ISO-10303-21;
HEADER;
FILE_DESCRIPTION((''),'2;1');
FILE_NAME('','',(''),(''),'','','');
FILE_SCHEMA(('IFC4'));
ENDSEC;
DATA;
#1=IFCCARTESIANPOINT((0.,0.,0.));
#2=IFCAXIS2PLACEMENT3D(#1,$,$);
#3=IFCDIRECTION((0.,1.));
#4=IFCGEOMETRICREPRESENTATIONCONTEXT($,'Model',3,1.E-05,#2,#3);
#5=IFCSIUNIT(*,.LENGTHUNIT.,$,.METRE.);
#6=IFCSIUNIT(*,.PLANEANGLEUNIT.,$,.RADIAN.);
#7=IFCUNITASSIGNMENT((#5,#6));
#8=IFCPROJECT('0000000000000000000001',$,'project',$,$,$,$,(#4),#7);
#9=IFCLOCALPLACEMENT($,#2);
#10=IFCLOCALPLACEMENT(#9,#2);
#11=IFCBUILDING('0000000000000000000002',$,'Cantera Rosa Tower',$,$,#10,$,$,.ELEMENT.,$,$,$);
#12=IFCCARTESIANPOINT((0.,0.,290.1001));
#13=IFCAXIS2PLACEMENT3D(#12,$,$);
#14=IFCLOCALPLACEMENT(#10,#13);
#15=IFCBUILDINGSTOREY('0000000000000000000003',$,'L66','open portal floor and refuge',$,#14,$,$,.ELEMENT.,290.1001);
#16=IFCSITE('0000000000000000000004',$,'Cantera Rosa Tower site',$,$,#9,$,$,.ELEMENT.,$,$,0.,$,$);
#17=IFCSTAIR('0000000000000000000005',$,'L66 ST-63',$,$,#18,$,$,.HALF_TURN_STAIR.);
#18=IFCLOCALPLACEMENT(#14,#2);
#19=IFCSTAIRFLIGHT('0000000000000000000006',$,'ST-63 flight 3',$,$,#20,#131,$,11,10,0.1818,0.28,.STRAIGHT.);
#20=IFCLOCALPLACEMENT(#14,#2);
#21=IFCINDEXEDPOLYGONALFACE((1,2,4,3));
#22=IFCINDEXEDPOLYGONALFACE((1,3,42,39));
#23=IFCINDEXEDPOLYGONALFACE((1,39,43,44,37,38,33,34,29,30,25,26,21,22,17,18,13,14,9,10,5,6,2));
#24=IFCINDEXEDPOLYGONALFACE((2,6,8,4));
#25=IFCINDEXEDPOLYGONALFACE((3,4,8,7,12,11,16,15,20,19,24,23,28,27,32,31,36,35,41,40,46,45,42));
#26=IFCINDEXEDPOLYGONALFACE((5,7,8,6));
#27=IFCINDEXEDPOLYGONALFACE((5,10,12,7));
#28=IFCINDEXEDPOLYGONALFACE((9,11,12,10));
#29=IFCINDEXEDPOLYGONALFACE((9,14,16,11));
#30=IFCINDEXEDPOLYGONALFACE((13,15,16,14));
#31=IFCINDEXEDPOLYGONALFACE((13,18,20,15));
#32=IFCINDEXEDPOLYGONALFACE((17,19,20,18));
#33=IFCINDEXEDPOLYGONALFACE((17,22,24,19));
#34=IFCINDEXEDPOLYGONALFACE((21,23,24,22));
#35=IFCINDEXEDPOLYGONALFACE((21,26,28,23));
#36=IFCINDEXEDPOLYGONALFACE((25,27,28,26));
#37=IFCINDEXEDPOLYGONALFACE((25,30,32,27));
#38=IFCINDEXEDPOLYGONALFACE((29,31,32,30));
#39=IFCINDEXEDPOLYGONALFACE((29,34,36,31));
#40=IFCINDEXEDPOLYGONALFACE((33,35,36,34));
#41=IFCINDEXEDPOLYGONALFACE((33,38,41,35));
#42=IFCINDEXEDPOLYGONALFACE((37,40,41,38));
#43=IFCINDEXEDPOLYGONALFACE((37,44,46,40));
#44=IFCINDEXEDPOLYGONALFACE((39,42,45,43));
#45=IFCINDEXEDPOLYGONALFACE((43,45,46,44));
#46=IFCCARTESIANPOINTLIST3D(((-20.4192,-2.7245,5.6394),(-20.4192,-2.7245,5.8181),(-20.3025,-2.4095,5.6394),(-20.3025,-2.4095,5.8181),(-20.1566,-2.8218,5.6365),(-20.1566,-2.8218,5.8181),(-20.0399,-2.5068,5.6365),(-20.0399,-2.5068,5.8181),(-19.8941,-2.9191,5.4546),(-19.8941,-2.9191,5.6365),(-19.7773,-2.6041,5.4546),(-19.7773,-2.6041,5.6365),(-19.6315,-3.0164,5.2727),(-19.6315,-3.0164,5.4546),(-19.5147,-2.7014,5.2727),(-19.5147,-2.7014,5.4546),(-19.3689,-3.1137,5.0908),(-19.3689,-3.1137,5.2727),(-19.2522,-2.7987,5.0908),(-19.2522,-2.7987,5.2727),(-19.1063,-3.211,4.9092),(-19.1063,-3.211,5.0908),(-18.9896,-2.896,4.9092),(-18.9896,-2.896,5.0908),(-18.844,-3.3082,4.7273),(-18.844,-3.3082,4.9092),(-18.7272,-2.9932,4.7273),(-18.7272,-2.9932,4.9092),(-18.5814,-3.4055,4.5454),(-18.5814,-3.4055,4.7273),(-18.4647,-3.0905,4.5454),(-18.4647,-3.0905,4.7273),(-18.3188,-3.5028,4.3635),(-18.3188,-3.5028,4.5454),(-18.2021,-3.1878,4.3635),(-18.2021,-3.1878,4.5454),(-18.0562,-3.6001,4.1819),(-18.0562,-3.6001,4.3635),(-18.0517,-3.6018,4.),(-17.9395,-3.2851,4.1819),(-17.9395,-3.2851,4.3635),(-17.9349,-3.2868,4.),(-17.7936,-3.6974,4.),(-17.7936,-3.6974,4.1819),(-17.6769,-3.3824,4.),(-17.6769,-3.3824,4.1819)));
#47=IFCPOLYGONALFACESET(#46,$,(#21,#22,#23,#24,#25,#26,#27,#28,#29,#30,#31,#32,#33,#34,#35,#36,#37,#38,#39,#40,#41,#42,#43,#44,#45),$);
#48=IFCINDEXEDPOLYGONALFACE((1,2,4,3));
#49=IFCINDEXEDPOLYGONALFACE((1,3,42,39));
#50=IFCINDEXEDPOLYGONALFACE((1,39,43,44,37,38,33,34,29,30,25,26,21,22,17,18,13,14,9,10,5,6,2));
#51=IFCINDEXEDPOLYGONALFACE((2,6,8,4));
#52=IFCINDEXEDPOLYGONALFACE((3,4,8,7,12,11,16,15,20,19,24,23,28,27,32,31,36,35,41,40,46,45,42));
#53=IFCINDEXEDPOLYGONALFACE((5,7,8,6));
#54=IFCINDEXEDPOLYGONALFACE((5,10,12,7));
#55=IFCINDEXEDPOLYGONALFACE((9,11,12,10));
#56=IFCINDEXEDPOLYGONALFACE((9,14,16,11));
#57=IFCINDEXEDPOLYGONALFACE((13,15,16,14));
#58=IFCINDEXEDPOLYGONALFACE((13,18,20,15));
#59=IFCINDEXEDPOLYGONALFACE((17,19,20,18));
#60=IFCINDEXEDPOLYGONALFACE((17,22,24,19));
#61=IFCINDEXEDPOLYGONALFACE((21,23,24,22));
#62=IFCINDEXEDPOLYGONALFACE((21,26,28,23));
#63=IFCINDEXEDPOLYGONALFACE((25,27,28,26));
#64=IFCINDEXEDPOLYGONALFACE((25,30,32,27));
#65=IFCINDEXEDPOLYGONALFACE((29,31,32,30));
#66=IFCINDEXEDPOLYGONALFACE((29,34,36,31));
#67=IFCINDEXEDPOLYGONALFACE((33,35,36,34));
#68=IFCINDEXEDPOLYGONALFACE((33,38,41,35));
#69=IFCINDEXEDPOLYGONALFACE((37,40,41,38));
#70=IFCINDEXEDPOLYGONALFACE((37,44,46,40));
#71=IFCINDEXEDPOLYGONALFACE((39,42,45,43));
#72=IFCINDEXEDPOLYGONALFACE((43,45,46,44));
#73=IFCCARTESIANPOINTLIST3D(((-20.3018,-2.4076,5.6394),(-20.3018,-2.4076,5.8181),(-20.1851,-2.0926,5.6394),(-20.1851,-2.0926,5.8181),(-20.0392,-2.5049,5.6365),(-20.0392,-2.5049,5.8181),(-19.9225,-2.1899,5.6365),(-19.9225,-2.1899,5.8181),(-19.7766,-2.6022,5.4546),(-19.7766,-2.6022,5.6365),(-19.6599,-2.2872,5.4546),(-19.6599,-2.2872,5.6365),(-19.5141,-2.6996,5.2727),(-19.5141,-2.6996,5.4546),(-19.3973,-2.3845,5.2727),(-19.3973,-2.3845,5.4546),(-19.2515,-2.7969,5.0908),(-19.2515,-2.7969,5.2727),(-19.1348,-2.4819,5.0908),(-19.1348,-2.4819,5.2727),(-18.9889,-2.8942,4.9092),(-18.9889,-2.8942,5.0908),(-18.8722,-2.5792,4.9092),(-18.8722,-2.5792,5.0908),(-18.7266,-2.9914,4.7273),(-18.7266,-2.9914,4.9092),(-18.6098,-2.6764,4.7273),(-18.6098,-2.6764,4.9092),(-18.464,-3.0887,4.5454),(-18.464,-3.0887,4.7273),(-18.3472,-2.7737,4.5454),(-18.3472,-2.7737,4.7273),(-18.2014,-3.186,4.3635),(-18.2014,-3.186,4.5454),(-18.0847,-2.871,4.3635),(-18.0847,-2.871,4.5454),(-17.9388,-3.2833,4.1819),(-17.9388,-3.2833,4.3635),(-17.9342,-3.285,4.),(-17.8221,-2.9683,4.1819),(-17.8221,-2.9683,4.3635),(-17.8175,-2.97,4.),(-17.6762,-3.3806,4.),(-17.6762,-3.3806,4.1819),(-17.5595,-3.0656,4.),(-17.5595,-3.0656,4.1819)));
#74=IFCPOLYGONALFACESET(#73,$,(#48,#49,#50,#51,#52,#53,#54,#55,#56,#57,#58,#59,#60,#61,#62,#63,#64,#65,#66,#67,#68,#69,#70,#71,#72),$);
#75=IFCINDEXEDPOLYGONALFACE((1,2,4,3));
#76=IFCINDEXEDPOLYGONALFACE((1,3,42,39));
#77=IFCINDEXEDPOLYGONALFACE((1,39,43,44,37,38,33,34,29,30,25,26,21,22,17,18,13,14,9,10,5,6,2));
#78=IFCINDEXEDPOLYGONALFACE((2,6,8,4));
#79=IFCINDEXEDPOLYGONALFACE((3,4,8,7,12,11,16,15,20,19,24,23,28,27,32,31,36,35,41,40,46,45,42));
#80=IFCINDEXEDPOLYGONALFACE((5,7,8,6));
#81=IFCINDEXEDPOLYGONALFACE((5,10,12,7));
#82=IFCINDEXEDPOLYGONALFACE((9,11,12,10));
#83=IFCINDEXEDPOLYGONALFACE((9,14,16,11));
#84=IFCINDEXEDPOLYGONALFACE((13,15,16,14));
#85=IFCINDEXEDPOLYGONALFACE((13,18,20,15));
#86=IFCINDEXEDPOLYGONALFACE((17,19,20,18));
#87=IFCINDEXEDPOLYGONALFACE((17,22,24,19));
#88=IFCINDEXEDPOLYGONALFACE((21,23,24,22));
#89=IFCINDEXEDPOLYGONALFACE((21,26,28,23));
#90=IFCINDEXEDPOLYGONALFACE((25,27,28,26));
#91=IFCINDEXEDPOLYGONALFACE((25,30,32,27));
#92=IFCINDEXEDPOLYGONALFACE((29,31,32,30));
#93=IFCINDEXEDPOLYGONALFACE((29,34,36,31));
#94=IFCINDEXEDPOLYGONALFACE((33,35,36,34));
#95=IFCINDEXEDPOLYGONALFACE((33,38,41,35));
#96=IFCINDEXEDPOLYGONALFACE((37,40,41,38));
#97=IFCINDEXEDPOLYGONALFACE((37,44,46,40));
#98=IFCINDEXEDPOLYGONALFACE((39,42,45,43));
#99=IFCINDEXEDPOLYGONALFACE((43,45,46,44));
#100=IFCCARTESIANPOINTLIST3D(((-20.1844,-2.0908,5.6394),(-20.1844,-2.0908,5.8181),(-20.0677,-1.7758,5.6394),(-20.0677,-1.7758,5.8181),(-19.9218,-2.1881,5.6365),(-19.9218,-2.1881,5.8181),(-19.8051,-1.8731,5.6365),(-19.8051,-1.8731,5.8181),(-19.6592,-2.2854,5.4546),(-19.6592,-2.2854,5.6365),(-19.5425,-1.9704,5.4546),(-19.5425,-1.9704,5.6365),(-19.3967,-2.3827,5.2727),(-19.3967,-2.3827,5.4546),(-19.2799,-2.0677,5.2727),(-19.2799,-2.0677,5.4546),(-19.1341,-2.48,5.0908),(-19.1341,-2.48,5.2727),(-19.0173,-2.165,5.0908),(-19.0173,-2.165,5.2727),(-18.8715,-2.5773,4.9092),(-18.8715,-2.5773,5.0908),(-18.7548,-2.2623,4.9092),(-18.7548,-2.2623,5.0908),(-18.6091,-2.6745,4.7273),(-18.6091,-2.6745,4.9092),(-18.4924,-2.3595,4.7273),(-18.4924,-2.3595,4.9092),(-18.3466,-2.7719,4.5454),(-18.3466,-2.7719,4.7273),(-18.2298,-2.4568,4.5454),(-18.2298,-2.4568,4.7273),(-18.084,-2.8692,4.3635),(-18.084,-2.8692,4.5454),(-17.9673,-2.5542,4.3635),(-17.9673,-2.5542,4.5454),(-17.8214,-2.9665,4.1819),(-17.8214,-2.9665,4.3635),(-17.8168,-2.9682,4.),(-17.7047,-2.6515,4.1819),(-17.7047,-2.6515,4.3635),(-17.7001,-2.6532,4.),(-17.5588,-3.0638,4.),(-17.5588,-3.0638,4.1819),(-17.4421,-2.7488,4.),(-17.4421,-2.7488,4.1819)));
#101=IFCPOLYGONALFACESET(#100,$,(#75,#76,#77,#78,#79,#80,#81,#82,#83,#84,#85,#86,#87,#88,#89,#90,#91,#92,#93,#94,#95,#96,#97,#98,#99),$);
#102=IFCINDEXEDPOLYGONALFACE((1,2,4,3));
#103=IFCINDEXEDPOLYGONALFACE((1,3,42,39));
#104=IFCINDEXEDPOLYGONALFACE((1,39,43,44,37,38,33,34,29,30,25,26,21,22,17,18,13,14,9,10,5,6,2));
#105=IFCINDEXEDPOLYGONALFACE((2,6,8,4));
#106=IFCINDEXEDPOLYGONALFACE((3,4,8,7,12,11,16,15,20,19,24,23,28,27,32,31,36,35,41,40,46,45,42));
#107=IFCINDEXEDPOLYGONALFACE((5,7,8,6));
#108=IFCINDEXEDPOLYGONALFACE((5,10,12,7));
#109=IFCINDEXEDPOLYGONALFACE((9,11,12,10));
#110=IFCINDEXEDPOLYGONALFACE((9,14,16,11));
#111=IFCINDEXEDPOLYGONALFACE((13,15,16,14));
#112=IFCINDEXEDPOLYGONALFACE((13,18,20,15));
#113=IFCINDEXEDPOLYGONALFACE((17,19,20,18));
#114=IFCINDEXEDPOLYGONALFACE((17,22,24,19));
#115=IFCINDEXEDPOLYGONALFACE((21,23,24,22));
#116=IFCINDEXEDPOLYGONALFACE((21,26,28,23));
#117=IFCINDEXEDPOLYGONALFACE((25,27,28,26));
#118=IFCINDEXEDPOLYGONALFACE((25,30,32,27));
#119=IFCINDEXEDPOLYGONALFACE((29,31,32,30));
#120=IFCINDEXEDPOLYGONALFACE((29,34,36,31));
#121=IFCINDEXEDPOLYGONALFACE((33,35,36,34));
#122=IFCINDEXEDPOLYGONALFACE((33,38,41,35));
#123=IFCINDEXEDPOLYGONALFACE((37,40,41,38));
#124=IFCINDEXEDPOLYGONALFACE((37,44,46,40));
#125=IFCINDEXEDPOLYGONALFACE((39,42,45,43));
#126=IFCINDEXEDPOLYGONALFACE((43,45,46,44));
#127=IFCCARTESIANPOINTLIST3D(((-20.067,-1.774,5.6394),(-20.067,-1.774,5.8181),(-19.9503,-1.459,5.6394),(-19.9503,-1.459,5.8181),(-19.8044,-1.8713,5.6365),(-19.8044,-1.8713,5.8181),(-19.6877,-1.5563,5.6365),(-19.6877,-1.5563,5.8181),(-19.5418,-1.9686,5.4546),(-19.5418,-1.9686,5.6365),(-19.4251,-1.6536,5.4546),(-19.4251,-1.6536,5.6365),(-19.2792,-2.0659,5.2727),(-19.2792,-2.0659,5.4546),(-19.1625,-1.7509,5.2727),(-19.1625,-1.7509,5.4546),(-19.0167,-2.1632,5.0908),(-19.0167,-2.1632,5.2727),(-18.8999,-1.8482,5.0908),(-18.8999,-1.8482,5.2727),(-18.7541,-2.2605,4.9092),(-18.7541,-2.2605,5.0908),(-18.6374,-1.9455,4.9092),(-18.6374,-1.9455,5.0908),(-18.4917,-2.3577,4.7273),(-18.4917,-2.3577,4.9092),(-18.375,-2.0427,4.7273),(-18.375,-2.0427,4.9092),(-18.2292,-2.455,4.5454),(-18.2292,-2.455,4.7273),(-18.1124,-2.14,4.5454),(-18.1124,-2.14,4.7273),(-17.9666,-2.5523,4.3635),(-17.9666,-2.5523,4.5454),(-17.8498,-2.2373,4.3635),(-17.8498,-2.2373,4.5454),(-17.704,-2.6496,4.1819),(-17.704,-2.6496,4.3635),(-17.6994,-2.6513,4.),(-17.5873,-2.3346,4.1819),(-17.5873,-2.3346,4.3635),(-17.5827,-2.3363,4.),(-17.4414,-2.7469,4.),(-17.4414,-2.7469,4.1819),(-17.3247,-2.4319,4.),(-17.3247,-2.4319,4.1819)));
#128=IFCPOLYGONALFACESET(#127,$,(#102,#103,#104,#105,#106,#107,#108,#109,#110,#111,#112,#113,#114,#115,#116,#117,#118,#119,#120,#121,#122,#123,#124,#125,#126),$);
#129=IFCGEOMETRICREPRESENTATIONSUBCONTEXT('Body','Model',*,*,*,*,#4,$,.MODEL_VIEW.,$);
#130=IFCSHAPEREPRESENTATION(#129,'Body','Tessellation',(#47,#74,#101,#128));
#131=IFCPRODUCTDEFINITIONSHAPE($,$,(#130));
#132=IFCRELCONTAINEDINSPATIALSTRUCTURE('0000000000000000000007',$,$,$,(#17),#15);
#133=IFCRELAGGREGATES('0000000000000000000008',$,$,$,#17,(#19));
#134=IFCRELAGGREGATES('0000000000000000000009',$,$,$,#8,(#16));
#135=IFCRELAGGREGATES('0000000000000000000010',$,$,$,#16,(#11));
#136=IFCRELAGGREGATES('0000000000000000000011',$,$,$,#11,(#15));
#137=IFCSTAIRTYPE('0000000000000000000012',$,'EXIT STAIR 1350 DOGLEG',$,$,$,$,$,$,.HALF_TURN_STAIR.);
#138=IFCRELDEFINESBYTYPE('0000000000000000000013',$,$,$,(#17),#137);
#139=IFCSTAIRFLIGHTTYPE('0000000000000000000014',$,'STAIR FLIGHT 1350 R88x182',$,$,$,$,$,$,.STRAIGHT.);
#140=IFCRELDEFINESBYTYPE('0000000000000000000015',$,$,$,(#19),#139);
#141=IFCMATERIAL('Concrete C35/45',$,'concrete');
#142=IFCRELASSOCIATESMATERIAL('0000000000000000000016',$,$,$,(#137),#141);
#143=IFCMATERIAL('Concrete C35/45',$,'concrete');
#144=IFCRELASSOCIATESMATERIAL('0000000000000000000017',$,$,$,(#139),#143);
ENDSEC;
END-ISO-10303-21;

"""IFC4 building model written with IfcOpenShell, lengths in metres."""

from ifc_helpers import new_model, si_unit, direction, frame, origin, place, context, subcontext, project, spatial, polyline, outline, extrude, material, type_object, element, aggregate, save


model = new_model("IFC4")

# Units and contexts
model_context = context("Model", 3, precision=1e-05, world=origin(), true_north=direction((0.0, 1.0)))
body_context = subcontext(model_context, "Body", "Model", "MODEL_VIEW")
ifc_project = project(units=[si_unit("LENGTHUNIT", "METRE"), si_unit("PLANEANGLEUNIT", "RADIAN")], contexts=[model_context])

# Site, building, storey
site_placement = place(None, origin())
site = spatial("IfcSite", under=ifc_project, at=site_placement, Name="Cantera Rosa Tower site", CompositionType="ELEMENT", RefElevation=0.0)
building_placement = place(site_placement, origin())
building = spatial("IfcBuilding", under=site, at=building_placement, Name="Cantera Rosa Tower", CompositionType="ELEMENT")
storey_placement = place(building_placement, frame((0.0, 0.0, 290.1001)))
storey = spatial("IfcBuildingStorey", under=building, at=storey_placement, Name="L66", Description="open portal floor and refuge", CompositionType="ELEMENT", Elevation=290.1001)

# Stair, stair flight
ifc_material_1 = material(Name="Concrete C35/45", Category="concrete")
stair_type = type_object("IfcStairType", Name="EXIT STAIR 1350 DOGLEG", PredefinedType="HALF_TURN_STAIR", material=ifc_material_1)
stair_placement = place(storey_placement, origin())
stair = element("IfcStair", 1, at=stair_placement, inside=storey, type_object=stair_type, Name="L66 ST-63", PredefinedType="HALF_TURN_STAIR")
ifc_material_2 = material(Name="Concrete C35/45", Category="concrete")
stair_flight_type = type_object("IfcStairFlightType", Name="STAIR FLIGHT 1350 R88x182", PredefinedType="STRAIGHT", material=ifc_material_2)
stair_flight_1_placement = place(storey_placement, frame((-17.5591, -3.0645, 4.0), z_axis=(0.0, 0.0, 1.0), x_axis=(-0.937687, 0.347481, 0.0)))
stair_flight_1 = element("IfcStairFlight", 2, at=stair_flight_1_placement, type_object=stair_flight_type, Name="ST-63 flight 3", NumberOfRisers=11, NumberOfTreads=10, PredefinedType="STRAIGHT", RiserHeight=0.1818, TreadLength=0.28, context=body_context, shape_type="SweptSolid", body=[
    extrude(outline(polyline([(0.0, 0.0), (0.0, 0.1819), (0.28, 0.1819), (0.28, 0.3635), (0.5601, 0.3635), (0.5601, 0.5454), (0.8401, 0.5454), (0.8401, 0.7273), (1.1201, 0.7273), (1.1201, 0.9092), (1.3999, 0.9092), (1.3999, 1.0908), (1.6799, 1.0908), (1.6799, 1.2727), (1.96, 1.2727), (1.96, 1.4546), (2.24, 1.4546), (2.24, 1.6365), (2.52, 1.6365), (2.52, 1.8181), (2.8, 1.8181), (2.8, 2.0), (2.8, 1.6394), (0.2751, 0.0), (0.0, 0.0)])), frame((0.0, 0.675, 0.0), z_axis=(0.0, -1.0, 0.0), x_axis=(1.0, 0.0, 0.0)), (0.0, 0.0, 1.0), 0.3359),
    extrude(outline(polyline([(0.0, 0.0), (0.0, 0.1819), (0.28, 0.1819), (0.28, 0.3635), (0.5601, 0.3635), (0.5601, 0.5454), (0.8401, 0.5454), (0.8401, 0.7273), (1.1201, 0.7273), (1.1201, 0.9092), (1.3999, 0.9092), (1.3999, 1.0908), (1.6799, 1.0908), (1.6799, 1.2727), (1.96, 1.2727), (1.96, 1.4546), (2.24, 1.4546), (2.24, 1.6365), (2.52, 1.6365), (2.52, 1.8181), (2.8, 1.8181), (2.8, 2.0), (2.8, 1.6394), (0.2751, 0.0), (0.0, 0.0)])), frame((0.0, 0.3372, 0.0), z_axis=(0.0, -1.0, 0.0), x_axis=(1.0, 0.0, 0.0)), (0.0, 0.0, 1.0), 0.3359),
    extrude(outline(polyline([(0.0, 0.0), (0.0, 0.1819), (0.28, 0.1819), (0.28, 0.3635), (0.5601, 0.3635), (0.5601, 0.5454), (0.8401, 0.5454), (0.8401, 0.7273), (1.1201, 0.7273), (1.1201, 0.9092), (1.3999, 0.9092), (1.3999, 1.0908), (1.6799, 1.0908), (1.6799, 1.2727), (1.96, 1.2727), (1.96, 1.4546), (2.24, 1.4546), (2.24, 1.6365), (2.52, 1.6365), (2.52, 1.8181), (2.8, 1.8181), (2.8, 2.0), (2.8, 1.6394), (0.2751, 0.0), (0.0, 0.0)])), frame((0.0, -0.0007, 0.0), z_axis=(0.0, -1.0, 0.0), x_axis=(1.0, 0.0, 0.0)), (0.0, 0.0, 1.0), 0.3359),
    extrude(outline(polyline([(0.0, 0.0), (0.0, 0.1819), (0.28, 0.1819), (0.28, 0.3635), (0.5601, 0.3635), (0.5601, 0.5454), (0.8401, 0.5454), (0.8401, 0.7273), (1.1201, 0.7273), (1.1201, 0.9092), (1.3999, 0.9092), (1.3999, 1.0908), (1.6799, 1.0908), (1.6799, 1.2727), (1.96, 1.2727), (1.96, 1.4546), (2.24, 1.4546), (2.24, 1.6365), (2.52, 1.6365), (2.52, 1.8181), (2.8, 1.8181), (2.8, 2.0), (2.8, 1.6394), (0.2751, 0.0), (0.0, 0.0)])), frame((0.0, -0.3386, 0.0), z_axis=(0.0, -1.0, 0.0), x_axis=(1.0, 0.0, 0.0)), (0.0, 0.0, 1.0), 0.3359),
])
aggregate(stair, [stair_flight_1])

save(model, "model.ifc")
